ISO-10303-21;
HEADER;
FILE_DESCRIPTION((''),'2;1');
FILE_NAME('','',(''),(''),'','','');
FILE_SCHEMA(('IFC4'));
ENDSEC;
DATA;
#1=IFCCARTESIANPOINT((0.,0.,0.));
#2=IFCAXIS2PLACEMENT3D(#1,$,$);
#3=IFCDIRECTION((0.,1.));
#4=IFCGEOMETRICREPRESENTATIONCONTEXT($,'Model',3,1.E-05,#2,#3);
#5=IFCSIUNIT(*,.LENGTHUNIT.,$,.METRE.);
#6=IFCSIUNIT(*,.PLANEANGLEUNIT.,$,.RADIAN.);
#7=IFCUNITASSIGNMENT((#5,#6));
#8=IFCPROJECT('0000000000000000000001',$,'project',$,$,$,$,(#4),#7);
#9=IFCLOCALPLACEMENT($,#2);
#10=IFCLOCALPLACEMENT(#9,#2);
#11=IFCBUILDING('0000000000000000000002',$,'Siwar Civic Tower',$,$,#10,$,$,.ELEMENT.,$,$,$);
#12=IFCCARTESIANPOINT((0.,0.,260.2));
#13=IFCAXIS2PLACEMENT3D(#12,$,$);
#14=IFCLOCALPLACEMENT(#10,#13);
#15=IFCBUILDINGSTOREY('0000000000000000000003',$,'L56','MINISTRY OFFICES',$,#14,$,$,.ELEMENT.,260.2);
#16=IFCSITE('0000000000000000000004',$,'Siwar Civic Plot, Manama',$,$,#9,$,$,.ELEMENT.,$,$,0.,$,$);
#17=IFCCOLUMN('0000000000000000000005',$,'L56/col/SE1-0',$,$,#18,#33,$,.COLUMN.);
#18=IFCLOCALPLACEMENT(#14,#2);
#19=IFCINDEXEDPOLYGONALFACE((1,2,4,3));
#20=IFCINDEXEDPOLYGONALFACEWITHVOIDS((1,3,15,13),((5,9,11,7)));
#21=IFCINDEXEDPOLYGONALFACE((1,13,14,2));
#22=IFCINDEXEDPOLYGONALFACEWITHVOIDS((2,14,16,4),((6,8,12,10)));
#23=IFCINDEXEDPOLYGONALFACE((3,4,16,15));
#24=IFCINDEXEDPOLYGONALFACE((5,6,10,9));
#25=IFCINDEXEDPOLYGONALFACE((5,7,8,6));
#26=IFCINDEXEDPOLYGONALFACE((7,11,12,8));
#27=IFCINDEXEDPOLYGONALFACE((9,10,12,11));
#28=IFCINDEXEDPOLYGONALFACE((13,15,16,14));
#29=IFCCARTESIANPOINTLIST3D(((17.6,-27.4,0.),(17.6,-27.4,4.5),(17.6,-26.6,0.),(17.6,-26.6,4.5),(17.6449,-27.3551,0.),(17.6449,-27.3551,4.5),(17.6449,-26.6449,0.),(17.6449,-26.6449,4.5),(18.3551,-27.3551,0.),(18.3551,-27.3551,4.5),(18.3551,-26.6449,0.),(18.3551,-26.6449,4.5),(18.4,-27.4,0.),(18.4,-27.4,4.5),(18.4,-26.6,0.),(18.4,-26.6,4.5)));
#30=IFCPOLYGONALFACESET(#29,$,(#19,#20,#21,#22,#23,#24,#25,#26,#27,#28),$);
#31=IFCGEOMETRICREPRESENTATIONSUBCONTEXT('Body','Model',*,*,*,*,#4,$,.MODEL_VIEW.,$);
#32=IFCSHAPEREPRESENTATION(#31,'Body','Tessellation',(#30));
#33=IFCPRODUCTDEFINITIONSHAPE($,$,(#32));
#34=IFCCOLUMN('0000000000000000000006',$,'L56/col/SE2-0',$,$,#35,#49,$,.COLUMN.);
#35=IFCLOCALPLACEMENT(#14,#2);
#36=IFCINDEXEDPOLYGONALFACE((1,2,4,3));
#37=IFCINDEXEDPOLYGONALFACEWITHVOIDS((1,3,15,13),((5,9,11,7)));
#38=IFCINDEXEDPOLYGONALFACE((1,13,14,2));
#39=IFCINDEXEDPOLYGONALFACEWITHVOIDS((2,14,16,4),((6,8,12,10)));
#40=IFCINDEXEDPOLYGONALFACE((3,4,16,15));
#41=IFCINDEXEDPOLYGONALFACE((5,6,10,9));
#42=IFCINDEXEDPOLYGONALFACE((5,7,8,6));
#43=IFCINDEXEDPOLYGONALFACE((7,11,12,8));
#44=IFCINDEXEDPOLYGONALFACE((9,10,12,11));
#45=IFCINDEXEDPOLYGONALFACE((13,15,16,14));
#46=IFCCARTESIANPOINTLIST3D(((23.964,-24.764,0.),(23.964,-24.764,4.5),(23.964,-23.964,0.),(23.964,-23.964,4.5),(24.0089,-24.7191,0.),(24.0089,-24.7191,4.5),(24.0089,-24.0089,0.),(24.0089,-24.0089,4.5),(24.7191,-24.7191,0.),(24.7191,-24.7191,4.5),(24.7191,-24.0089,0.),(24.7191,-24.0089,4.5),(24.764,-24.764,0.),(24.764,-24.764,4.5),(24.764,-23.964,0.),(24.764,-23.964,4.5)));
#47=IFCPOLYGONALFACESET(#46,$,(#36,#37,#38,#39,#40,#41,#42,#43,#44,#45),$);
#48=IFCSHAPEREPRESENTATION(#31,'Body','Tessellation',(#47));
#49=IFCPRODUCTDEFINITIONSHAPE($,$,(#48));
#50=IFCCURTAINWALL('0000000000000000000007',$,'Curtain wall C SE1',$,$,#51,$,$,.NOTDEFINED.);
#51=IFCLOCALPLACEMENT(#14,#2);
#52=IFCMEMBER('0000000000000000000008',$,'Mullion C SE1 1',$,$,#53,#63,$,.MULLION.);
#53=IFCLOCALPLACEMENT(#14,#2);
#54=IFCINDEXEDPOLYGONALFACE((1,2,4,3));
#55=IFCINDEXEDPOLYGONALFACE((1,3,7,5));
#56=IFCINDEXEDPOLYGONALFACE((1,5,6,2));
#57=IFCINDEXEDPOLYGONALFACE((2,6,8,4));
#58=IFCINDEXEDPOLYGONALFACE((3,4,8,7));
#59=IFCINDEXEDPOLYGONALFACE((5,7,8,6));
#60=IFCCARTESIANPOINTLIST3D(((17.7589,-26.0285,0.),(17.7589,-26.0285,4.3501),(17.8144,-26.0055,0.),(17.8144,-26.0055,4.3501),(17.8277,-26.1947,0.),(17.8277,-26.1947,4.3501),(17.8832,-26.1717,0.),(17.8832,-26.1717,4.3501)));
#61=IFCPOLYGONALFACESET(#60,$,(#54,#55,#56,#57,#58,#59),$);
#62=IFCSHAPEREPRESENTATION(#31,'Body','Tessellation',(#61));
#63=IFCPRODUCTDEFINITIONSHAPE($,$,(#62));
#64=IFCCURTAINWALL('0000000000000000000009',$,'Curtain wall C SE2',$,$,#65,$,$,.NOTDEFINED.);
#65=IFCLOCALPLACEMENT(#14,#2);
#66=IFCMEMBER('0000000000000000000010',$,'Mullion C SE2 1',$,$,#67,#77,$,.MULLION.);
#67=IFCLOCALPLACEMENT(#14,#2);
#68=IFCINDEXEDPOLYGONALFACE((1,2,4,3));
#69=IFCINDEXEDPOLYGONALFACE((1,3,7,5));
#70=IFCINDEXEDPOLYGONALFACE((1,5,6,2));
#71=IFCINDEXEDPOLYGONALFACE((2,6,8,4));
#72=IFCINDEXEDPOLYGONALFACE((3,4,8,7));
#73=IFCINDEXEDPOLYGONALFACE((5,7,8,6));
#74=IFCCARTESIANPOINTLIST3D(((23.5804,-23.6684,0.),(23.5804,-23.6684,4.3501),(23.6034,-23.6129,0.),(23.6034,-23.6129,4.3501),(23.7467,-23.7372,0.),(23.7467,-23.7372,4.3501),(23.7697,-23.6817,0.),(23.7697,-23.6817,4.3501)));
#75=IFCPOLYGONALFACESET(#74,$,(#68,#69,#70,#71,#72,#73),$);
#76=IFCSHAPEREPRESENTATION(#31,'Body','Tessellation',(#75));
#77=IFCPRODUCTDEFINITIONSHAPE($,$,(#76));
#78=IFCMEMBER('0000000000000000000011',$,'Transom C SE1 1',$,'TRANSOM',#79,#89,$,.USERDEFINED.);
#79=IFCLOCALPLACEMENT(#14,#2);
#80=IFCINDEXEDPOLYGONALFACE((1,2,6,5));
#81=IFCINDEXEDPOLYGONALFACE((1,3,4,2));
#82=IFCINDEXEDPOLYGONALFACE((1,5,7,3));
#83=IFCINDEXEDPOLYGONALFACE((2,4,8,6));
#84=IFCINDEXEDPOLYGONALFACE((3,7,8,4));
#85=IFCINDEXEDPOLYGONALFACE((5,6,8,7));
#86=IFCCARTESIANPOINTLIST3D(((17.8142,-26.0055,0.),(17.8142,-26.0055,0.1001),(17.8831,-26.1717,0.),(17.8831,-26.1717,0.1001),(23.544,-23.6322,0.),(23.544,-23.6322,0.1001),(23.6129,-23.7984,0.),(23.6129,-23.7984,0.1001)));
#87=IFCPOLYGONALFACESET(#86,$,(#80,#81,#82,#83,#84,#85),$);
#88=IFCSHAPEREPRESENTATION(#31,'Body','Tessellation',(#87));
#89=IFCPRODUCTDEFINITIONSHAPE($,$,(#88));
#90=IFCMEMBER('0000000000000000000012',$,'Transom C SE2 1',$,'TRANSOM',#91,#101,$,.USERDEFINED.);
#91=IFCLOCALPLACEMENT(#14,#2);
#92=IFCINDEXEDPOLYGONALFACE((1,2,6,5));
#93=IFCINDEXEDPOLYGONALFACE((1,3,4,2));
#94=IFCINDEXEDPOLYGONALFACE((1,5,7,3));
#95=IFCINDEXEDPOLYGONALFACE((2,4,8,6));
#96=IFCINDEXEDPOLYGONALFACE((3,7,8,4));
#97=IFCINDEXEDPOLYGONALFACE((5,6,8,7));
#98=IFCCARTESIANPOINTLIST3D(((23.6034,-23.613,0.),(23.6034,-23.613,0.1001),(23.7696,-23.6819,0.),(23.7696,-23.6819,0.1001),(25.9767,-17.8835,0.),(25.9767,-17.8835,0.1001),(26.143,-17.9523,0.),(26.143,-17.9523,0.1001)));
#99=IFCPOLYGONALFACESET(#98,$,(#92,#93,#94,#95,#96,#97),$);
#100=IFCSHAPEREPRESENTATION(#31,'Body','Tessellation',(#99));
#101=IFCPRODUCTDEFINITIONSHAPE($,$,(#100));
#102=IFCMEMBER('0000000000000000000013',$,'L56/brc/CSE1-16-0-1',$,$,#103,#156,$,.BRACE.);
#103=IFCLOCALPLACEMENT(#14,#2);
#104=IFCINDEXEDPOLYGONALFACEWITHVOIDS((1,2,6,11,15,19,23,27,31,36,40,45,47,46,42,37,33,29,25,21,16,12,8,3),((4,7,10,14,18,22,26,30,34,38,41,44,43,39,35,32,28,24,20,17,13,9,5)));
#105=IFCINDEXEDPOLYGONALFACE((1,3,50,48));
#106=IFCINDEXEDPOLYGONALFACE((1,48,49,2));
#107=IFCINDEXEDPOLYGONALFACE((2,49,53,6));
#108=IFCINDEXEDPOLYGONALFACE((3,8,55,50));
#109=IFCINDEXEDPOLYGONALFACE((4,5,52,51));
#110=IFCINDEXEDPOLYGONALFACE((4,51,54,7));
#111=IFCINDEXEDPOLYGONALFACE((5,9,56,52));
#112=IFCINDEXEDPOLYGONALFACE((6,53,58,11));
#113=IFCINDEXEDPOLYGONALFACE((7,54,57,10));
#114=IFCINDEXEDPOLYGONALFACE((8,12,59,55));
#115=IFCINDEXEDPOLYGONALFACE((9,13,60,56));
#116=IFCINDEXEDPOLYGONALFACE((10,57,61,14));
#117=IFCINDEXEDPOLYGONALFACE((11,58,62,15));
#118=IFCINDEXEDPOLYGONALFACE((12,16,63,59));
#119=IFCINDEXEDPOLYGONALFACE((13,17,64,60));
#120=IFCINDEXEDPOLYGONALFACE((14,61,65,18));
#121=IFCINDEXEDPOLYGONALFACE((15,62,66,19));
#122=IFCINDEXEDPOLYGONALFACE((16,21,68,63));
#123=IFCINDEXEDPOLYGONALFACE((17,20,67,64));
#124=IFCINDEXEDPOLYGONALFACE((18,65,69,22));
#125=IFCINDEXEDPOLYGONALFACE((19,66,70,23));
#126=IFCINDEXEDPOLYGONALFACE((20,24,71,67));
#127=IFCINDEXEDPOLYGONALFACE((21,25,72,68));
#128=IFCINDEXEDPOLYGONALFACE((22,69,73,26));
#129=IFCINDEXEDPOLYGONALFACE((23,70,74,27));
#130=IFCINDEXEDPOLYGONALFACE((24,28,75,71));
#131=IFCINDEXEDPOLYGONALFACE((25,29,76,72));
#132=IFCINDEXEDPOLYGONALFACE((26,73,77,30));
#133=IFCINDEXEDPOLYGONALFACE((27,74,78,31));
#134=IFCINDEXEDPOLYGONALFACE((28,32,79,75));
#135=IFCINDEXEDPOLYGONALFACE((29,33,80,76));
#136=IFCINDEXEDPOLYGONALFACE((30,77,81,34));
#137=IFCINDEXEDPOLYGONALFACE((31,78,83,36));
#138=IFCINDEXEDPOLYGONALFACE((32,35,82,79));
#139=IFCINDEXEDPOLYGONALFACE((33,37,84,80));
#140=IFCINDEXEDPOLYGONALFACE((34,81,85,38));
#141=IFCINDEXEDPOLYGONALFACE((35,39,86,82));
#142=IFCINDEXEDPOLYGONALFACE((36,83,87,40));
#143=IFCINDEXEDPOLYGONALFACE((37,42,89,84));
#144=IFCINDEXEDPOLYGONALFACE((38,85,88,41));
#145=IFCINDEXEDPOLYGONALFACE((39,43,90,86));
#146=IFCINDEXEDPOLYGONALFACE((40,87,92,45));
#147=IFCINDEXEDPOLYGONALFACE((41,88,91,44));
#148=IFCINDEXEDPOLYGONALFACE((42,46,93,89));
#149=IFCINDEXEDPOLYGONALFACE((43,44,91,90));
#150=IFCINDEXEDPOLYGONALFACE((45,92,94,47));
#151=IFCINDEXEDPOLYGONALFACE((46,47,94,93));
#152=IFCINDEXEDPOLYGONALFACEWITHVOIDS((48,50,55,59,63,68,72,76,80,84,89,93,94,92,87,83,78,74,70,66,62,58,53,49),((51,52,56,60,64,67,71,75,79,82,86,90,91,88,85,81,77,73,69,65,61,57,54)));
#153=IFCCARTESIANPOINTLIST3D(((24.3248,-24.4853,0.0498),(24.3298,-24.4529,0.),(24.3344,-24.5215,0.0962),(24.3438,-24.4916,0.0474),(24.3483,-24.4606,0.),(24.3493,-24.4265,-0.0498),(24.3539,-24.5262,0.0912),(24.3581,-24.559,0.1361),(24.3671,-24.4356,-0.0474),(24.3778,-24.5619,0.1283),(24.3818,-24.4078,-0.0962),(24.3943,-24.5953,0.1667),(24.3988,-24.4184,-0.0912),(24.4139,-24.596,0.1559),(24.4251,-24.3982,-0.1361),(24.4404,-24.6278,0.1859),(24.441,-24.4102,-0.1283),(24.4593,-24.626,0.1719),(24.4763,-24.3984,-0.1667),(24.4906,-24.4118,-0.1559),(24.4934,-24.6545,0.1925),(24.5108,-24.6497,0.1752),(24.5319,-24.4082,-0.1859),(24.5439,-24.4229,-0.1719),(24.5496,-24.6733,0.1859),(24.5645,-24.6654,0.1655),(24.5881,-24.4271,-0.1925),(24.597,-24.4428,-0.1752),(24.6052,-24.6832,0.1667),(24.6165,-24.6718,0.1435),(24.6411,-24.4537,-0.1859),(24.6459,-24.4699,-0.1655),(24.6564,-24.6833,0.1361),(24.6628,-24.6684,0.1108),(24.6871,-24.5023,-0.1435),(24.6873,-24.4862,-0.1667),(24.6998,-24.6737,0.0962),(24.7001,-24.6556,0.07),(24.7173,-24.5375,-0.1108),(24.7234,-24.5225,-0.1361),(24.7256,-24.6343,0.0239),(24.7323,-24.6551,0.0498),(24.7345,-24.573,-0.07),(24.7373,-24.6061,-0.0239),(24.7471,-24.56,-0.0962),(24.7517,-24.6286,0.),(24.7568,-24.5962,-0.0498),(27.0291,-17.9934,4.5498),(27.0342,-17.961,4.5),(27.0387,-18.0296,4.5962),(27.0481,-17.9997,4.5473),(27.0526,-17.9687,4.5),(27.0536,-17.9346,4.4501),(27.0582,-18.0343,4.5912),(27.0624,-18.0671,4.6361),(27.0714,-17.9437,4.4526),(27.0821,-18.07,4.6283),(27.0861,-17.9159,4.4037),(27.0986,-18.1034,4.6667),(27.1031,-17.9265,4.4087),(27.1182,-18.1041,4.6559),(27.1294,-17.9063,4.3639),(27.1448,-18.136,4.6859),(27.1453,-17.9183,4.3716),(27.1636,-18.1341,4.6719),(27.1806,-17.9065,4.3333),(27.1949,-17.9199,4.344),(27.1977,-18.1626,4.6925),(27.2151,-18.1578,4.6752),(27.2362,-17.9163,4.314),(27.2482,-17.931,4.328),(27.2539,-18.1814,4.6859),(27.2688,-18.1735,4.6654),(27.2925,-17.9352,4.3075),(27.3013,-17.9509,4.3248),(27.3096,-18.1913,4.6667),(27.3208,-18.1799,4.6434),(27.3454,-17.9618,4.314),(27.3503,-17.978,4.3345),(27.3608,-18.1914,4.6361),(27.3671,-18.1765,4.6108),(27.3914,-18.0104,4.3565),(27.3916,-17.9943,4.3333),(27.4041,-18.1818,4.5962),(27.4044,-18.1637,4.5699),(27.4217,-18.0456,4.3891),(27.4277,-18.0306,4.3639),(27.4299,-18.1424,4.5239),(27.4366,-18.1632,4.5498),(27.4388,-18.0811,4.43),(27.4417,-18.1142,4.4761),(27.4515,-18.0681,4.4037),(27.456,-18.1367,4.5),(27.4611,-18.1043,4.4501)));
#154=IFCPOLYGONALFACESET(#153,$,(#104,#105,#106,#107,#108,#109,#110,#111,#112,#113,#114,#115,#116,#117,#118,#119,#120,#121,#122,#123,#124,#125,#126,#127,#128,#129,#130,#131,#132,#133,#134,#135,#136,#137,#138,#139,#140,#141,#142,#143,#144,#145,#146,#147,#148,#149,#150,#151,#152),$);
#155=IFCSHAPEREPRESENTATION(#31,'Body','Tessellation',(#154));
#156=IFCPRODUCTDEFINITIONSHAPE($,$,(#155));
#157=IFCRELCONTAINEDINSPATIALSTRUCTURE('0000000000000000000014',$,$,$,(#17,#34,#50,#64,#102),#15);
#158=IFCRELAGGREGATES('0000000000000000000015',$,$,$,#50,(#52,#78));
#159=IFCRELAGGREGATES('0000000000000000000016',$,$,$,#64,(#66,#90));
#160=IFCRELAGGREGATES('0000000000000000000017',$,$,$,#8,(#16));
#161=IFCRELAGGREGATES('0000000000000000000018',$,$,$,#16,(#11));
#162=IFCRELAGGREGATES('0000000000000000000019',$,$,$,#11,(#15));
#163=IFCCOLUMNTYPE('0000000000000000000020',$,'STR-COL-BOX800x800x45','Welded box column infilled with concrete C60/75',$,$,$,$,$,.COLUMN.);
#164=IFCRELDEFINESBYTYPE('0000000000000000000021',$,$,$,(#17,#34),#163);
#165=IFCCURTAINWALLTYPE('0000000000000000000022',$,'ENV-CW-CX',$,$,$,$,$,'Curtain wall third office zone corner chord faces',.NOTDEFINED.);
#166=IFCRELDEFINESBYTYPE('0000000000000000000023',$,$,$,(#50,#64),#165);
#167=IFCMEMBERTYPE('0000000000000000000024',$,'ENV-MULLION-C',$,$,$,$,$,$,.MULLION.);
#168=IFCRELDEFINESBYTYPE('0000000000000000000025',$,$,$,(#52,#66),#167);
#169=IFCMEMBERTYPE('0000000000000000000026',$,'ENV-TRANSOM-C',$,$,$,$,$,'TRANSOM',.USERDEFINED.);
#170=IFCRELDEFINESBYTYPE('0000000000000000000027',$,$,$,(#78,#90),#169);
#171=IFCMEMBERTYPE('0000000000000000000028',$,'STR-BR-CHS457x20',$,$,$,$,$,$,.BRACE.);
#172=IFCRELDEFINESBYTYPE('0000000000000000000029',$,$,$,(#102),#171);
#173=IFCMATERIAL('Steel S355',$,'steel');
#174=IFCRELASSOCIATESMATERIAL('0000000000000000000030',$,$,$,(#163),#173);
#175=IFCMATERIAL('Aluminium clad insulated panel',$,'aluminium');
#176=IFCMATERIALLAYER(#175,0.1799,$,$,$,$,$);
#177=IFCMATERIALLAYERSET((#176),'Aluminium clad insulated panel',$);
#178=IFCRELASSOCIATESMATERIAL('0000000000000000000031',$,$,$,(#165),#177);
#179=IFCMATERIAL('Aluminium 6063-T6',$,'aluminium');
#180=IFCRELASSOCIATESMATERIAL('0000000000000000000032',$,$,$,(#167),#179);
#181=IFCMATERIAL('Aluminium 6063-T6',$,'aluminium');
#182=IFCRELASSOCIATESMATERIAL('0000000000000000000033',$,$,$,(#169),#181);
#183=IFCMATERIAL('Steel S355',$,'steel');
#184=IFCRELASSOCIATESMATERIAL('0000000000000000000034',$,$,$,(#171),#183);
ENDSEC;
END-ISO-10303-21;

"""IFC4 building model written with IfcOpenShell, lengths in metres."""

from ifc_helpers import new_model, si_unit, direction, frame, origin, origin_2d, place, context, subcontext, project, spatial, rectangle, hollow_rectangle, hollow_circle, extrude, material, layer, layer_set, material_profile, profile_set, type_object, element, aggregate, save


model = new_model("IFC4")

# Units and contexts
model_context = context("Model", 3, precision=1e-05, world=origin(), true_north=direction((0.0, 1.0)))
body_context = subcontext(model_context, "Body", "Model", "MODEL_VIEW")
ifc_project = project(units=[si_unit("LENGTHUNIT", "METRE"), si_unit("PLANEANGLEUNIT", "RADIAN")], contexts=[model_context])

# Site, building, storey
site_placement = place(None, origin())
site = spatial("IfcSite", under=ifc_project, at=site_placement, Name="Siwar Civic Plot, Manama", CompositionType="ELEMENT", RefElevation=0.0)
building_placement = place(site_placement, origin())
building = spatial("IfcBuilding", under=site, at=building_placement, Name="Siwar Civic Tower", CompositionType="ELEMENT")
storey_placement = place(building_placement, frame((0.0, 0.0, 260.2)))
storey = spatial("IfcBuildingStorey", under=building, at=storey_placement, Name="L56", Description="MINISTRY OFFICES", CompositionType="ELEMENT", Elevation=260.2)

# Columns
ifc_material_1 = material(Name="Steel S355", Category="steel")
ifc_material_profile_1 = material_profile(ifc_material_1, hollow_rectangle(XDim=0.8, YDim=0.8, WallThickness=0.0449, at=origin_2d()), Name="BOX800x800x45")
ifc_profile_set_1 = profile_set([ifc_material_profile_1], Name="Steel S355")
column_type = type_object("IfcColumnType", Name="STR-COL-BOX800x800x45", Description="Welded box column infilled with concrete C60/75", PredefinedType="COLUMN", material=ifc_profile_set_1)
for number, where, z_axis, x_axis, name in (
    (1, (18.0, -27.0, 0.0), (0.0, 0.0, 1.0), (1.0, 0.0, 0.0), "L56/col/SE1-0"),
    (2, (24.364, -24.364, 0.0), (0.0, 0.0, 1.0), (1.0, 0.0, 0.0), "L56/col/SE2-0"),
):
    element("IfcColumn", number, at=place(storey_placement, frame(where, z_axis=z_axis, x_axis=x_axis)), inside=storey, type_object=column_type, Name=name, PredefinedType="COLUMN", context=body_context, shape_type="SweptSolid", body=[
        extrude(hollow_rectangle(XDim=0.8, YDim=0.8, WallThickness=0.0449, at=origin_2d()), origin(), (0.0, 0.0, 1.0), 4.5),
    ])

# Curtain walls, members
ifc_material_2 = material(Name="Aluminium clad insulated panel", Category="aluminium")
ifc_layer_1 = layer(ifc_material_2, 0.1799)
ifc_layer_set_1 = layer_set([ifc_layer_1], Name="Aluminium clad insulated panel")
curtain_wall_type = type_object("IfcCurtainWallType", Name="ENV-CW-CX", ElementType="Curtain wall third office zone corner chord faces", PredefinedType="NOTDEFINED", material=ifc_layer_set_1)
curtain_wall_1_placement = place(storey_placement, origin())
curtain_wall_1 = element("IfcCurtainWall", 3, at=curtain_wall_1_placement, inside=storey, type_object=curtain_wall_type, Name="Curtain wall C SE1", PredefinedType="NOTDEFINED")
ifc_material_3 = material(Name="Aluminium 6063-T6", Category="aluminium")
ifc_material_profile_2 = material_profile(ifc_material_3, rectangle(XDim=0.1799, YDim=0.0601, at=origin_2d()), Name="AL 180x60")
ifc_profile_set_2 = profile_set([ifc_material_profile_2], Name="Aluminium 6063-T6")
member_type_1 = type_object("IfcMemberType", Name="ENV-MULLION-C", PredefinedType="MULLION", material=ifc_profile_set_2)
member_1_placement = place(storey_placement, frame((17.821, -26.1001, 0.0), z_axis=(0.0, 0.0, 1.0), x_axis=(-0.382683, 0.92388, 0.0)))
member_1 = element("IfcMember", 4, at=member_1_placement, type_object=member_type_1, Name="Mullion C SE1 1", PredefinedType="MULLION", context=body_context, shape_type="SweptSolid", body=[
    extrude(rectangle(XDim=0.1799, YDim=0.0601, at=origin_2d()), origin(), (0.0, 0.0, 1.0), 4.3501),
])
curtain_wall_2_placement = place(storey_placement, origin())
curtain_wall_2 = element("IfcCurtainWall", 5, at=curtain_wall_2_placement, inside=storey, type_object=curtain_wall_type, Name="Curtain wall C SE2", PredefinedType="NOTDEFINED")
member_2_placement = place(storey_placement, frame((23.675, -23.675, 0.0), z_axis=(0.0, 0.0, 1.0), x_axis=(-0.92388, 0.382683, 0.0)))
member_2 = element("IfcMember", 6, at=member_2_placement, type_object=member_type_1, Name="Mullion C SE2 1", PredefinedType="MULLION", context=body_context, shape_type="SweptSolid", body=[
    extrude(rectangle(XDim=0.1799, YDim=0.0601, at=origin_2d()), origin(), (0.0, 0.0, 1.0), 4.3501),
])

# Members
ifc_material_4 = material(Name="Aluminium 6063-T6", Category="aluminium")
ifc_material_profile_3 = material_profile(ifc_material_4, rectangle(XDim=0.1799, YDim=0.1001, at=origin_2d()), Name="AL 180x100")
ifc_profile_set_3 = profile_set([ifc_material_profile_3], Name="Aluminium 6063-T6")
member_type_2 = type_object("IfcMemberType", Name="ENV-TRANSOM-C", ElementType="TRANSOM", PredefinedType="USERDEFINED", material=ifc_profile_set_3)
member_3_placement = place(storey_placement, frame((17.8486, -26.0886, 0.05), z_axis=(0.923882, 0.382677, 0.0), x_axis=(-0.382677, 0.923882, 0.0)))
member_3 = element("IfcMember", 7, at=member_3_placement, type_object=member_type_2, Name="Transom C SE1 1", ObjectType="TRANSOM", PredefinedType="USERDEFINED", context=body_context, shape_type="SweptSolid", body=[
    extrude(rectangle(XDim=0.1799, YDim=0.1001, at=origin_2d()), origin(), (0.0, 0.0, 1.0), 6.2019),
])
member_4_placement = place(storey_placement, frame((23.6865, -23.6475, 0.05), z_axis=(0.382691, 0.923876, 0.0), x_axis=(-0.923876, 0.382691, 0.0)))
member_4 = element("IfcMember", 8, at=member_4_placement, type_object=member_type_2, Name="Transom C SE2 1", ObjectType="TRANSOM", PredefinedType="USERDEFINED", context=body_context, shape_type="SweptSolid", body=[
    extrude(rectangle(XDim=0.1799, YDim=0.1001, at=origin_2d()), origin(), (0.0, 0.0, 1.0), 6.2017),
])

# Member
ifc_material_5 = material(Name="Steel S355", Category="steel")
ifc_material_profile_4 = material_profile(ifc_material_5, hollow_circle(Radius=0.2285, WallThickness=0.02, at=origin_2d()), Name="CHS457x20")
ifc_profile_set_4 = profile_set([ifc_material_profile_4], Name="Steel S355")
member_type_3 = type_object("IfcMemberType", Name="STR-BR-CHS457x20", PredefinedType="BRACE", material=ifc_profile_set_4)
member_5_placement = place(storey_placement, frame((24.5408, -24.5408, 0.0), z_axis=(0.323906, 0.777555, 0.538975), x_axis=(-0.923109, 0.384539, 0.0)))
element("IfcMember", 9, at=member_5_placement, inside=storey, type_object=member_type_3, Name="L56/brc/CSE1-16-0-1", PredefinedType="BRACE", context=body_context, shape_type="SweptSolid", body=[
    extrude(hollow_circle(Radius=0.2285, WallThickness=0.02, at=origin_2d()), origin(), (0.0, 0.0, 1.0), 8.3491),
])

aggregate(curtain_wall_1, [member_1, member_3])
aggregate(curtain_wall_2, [member_2, member_4])

save(model, "model.ifc")
